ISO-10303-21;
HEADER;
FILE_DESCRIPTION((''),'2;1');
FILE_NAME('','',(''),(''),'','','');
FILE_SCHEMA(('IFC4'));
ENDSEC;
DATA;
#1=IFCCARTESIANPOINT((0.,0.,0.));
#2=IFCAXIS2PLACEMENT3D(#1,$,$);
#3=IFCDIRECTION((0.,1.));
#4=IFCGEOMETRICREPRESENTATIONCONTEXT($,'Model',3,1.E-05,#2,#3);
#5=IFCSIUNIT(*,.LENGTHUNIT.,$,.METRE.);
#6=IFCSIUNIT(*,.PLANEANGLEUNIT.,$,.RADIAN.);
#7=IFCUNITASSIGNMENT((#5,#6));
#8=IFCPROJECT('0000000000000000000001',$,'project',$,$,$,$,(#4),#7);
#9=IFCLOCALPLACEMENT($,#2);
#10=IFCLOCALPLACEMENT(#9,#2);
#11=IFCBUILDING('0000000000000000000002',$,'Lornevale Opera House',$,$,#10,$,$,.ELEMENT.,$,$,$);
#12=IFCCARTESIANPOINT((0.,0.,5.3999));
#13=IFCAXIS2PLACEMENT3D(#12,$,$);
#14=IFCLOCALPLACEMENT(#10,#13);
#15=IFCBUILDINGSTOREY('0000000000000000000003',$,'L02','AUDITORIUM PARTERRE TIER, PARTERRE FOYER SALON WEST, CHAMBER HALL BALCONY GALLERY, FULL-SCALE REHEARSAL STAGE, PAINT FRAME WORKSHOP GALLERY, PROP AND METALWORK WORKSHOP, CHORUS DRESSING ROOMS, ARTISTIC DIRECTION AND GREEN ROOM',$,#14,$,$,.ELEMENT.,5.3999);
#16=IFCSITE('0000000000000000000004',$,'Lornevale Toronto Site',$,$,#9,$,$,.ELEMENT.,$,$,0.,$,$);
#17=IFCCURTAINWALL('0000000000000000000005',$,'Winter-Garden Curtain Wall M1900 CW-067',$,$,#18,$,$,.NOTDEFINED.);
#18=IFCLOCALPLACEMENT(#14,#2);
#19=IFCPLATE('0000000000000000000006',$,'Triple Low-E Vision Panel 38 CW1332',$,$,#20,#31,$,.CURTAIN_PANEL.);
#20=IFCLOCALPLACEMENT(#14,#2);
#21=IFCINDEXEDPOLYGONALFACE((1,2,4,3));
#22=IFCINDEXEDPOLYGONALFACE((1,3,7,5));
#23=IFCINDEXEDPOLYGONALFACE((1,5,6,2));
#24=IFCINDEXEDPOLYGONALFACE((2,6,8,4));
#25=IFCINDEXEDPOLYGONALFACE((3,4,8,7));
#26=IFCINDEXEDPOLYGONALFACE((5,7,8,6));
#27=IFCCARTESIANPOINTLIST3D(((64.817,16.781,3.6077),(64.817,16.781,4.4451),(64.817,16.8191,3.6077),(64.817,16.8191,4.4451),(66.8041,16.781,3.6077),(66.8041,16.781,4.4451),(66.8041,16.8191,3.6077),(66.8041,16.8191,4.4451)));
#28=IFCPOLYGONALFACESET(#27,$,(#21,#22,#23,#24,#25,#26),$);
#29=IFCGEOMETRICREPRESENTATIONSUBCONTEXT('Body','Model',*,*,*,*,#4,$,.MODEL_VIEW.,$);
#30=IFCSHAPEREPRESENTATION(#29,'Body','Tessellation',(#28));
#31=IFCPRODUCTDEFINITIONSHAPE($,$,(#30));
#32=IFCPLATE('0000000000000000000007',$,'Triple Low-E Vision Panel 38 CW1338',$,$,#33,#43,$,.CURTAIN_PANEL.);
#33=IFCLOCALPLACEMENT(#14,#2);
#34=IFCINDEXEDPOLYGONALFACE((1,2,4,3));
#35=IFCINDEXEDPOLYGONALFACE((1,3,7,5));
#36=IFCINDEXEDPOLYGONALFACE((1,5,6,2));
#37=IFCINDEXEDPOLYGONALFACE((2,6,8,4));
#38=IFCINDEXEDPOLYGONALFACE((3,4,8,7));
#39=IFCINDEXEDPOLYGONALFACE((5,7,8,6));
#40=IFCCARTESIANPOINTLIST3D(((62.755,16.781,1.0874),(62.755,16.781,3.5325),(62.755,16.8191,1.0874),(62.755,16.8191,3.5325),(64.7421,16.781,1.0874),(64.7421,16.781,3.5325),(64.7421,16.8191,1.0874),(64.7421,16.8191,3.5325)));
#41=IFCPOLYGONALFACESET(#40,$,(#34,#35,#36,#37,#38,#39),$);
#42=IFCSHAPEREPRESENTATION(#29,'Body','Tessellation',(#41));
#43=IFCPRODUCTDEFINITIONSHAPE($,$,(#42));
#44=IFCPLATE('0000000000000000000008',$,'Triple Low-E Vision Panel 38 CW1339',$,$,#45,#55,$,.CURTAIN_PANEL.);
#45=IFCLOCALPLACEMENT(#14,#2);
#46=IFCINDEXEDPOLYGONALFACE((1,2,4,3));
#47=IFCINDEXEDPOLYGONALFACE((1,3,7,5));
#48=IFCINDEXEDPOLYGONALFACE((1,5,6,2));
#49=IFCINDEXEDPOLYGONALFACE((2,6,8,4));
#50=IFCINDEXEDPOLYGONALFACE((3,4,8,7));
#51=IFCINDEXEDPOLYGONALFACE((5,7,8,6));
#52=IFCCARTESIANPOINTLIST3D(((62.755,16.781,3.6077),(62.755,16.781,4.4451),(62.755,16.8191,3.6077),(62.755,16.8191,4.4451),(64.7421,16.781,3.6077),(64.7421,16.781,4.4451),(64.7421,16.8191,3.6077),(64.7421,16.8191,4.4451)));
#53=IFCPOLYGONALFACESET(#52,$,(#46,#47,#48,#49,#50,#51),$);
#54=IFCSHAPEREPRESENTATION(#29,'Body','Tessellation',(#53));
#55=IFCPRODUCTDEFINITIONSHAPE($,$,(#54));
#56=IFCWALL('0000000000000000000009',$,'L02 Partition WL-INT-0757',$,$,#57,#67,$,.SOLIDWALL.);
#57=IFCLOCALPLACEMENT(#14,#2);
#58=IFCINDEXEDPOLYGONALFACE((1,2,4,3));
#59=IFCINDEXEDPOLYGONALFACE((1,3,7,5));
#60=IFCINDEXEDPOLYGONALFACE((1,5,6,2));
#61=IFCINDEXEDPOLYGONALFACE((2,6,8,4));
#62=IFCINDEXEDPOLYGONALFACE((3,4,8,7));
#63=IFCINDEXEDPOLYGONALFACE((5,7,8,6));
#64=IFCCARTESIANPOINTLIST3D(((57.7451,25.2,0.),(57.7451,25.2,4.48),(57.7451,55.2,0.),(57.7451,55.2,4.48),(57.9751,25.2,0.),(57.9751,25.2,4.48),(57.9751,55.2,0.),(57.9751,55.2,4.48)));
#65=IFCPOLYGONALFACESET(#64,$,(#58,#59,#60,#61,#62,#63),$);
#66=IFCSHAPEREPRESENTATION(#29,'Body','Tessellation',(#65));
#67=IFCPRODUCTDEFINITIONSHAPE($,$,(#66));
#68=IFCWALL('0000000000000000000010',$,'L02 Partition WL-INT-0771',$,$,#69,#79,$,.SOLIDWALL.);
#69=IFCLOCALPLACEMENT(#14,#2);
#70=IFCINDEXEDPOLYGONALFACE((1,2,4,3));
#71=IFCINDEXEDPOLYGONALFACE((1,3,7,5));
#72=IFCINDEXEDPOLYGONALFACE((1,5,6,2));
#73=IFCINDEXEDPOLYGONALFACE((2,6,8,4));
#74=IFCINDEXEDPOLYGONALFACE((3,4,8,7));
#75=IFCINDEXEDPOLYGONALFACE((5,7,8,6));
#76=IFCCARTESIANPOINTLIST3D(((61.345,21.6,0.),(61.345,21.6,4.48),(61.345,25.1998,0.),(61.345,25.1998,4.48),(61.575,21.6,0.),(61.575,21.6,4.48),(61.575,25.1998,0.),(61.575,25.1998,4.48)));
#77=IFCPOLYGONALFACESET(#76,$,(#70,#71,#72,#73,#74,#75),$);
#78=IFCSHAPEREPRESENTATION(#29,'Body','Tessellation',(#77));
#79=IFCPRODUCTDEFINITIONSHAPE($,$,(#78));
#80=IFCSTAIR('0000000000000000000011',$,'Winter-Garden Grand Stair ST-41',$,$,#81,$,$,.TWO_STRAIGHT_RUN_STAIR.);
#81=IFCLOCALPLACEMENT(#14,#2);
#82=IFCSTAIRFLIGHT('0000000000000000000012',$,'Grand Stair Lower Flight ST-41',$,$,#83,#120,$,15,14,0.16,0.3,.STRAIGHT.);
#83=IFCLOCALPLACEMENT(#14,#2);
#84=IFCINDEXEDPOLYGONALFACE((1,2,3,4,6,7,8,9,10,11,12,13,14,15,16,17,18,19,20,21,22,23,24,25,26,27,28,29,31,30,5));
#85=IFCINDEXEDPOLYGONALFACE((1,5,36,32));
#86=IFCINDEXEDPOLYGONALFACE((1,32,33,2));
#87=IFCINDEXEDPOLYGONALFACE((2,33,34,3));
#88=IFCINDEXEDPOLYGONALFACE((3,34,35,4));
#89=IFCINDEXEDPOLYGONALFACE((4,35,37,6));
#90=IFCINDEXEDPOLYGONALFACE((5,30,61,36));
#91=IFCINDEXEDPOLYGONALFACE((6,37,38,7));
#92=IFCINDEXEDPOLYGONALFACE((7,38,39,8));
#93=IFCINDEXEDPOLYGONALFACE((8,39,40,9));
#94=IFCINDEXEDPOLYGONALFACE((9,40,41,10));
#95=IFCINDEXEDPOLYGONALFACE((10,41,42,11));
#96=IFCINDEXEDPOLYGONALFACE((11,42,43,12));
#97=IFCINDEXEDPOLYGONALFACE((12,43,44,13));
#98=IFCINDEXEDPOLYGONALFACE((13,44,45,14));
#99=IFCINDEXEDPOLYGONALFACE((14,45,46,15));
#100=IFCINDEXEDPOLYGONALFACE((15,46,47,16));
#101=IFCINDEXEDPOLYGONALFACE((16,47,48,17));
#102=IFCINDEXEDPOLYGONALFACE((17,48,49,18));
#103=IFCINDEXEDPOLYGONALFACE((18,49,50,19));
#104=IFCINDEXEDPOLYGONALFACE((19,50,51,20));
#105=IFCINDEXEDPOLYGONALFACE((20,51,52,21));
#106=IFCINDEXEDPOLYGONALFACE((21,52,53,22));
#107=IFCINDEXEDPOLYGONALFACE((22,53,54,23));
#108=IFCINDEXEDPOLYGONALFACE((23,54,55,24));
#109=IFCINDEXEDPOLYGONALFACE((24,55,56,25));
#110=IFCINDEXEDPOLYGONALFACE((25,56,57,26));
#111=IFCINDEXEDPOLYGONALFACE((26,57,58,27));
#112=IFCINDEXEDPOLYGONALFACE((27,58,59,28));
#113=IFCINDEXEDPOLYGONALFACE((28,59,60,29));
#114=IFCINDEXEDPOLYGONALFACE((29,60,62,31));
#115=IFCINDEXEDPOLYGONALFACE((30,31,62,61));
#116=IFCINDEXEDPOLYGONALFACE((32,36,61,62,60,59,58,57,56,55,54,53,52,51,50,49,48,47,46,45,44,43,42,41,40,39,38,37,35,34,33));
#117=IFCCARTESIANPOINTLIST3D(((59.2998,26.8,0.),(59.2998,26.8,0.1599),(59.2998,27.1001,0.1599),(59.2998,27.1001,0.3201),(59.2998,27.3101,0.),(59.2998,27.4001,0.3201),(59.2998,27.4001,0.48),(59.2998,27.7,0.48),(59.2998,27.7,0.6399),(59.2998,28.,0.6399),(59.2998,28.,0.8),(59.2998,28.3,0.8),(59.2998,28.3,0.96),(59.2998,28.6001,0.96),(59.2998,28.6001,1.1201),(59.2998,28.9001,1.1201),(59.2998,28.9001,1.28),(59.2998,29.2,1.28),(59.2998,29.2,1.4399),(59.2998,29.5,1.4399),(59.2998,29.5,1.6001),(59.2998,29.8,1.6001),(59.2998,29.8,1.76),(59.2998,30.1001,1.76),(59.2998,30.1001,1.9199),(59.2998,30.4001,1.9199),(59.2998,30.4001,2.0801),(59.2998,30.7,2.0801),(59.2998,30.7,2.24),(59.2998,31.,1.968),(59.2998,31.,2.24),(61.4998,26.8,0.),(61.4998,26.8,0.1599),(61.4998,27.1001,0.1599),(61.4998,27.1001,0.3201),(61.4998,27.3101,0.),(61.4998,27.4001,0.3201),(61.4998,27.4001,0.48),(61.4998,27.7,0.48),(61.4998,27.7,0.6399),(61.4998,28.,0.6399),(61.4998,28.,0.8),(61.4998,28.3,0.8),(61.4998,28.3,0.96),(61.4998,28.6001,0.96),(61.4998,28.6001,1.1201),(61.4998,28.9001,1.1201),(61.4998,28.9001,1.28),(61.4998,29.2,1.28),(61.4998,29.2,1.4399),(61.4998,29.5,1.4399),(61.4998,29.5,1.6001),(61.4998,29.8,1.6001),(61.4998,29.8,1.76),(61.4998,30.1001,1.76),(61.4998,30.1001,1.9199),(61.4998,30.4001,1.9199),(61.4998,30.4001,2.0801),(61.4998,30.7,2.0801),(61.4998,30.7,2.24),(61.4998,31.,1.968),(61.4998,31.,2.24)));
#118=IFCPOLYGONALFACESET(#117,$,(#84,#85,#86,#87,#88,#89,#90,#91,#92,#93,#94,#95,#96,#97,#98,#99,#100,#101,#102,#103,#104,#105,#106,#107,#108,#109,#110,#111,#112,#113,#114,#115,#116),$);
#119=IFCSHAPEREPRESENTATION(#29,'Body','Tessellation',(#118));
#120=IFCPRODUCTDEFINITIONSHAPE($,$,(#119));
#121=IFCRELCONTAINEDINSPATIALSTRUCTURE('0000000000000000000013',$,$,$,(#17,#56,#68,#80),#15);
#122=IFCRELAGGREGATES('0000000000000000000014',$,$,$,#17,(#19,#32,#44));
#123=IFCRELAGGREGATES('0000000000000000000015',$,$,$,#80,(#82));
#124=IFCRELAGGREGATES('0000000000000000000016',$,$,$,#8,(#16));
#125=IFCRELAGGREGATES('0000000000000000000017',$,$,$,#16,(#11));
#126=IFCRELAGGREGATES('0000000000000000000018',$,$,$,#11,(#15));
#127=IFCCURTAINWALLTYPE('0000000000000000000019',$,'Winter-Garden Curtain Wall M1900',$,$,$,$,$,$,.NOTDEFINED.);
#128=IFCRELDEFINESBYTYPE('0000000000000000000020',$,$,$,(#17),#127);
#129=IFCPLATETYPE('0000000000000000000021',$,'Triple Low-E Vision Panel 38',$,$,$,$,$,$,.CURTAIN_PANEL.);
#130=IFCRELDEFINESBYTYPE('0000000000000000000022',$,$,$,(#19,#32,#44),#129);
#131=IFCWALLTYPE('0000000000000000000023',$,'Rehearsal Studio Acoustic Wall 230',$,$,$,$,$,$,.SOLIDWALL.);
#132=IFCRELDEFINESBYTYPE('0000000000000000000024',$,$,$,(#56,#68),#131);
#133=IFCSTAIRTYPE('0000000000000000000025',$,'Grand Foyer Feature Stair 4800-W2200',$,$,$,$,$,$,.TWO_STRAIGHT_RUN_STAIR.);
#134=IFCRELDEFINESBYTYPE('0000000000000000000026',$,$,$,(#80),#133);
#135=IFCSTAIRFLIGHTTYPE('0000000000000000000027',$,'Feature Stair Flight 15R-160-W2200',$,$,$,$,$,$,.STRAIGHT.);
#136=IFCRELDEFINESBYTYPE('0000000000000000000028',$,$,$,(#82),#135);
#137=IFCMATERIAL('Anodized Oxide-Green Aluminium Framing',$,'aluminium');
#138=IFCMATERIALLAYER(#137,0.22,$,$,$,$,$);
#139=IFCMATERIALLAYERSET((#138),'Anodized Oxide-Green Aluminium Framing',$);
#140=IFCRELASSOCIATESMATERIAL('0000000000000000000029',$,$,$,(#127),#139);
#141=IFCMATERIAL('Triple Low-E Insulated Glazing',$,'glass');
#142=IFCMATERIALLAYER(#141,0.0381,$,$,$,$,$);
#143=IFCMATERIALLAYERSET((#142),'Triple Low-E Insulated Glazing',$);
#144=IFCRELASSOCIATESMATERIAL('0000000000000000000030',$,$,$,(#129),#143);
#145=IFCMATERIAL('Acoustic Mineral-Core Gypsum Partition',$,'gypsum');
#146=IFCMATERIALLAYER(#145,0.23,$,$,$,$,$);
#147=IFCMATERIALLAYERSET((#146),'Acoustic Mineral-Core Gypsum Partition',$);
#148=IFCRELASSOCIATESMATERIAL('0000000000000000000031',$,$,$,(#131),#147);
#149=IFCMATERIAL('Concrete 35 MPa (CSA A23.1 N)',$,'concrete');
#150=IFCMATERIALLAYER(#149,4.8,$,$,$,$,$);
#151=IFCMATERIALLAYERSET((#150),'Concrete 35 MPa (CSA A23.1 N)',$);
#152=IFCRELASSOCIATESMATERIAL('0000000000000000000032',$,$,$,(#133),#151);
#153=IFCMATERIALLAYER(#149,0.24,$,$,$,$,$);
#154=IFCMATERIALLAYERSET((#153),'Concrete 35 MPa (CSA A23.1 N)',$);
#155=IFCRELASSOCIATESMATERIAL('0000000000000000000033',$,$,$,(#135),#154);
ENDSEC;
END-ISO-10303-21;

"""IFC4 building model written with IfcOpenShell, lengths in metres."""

from ifc_helpers import new_model, si_unit, direction, frame, frame_2d, origin, origin_2d, place, context, subcontext, project, spatial, polyline, rectangle, outline, extrude, material, layer, layer_set, type_object, element, aggregate, save


model = new_model("IFC4")

# Units and contexts
model_context = context("Model", 3, precision=1e-05, world=origin(), true_north=direction((0.0, 1.0)))
body_context = subcontext(model_context, "Body", "Model", "MODEL_VIEW")
ifc_project = project(units=[si_unit("LENGTHUNIT", "METRE"), si_unit("PLANEANGLEUNIT", "RADIAN")], contexts=[model_context])

# Site, building, storey
site_placement = place(None, origin())
site = spatial("IfcSite", under=ifc_project, at=site_placement, Name="Lornevale Toronto Site", CompositionType="ELEMENT", RefElevation=0.0)
building_placement = place(site_placement, origin())
building = spatial("IfcBuilding", under=site, at=building_placement, Name="Lornevale Opera House", CompositionType="ELEMENT")
storey_placement = place(building_placement, frame((0.0, 0.0, 5.3999)))
storey = spatial("IfcBuildingStorey", under=building, at=storey_placement, Name="L02", Description="AUDITORIUM PARTERRE TIER, PARTERRE FOYER SALON WEST, CHAMBER HALL BALCONY GALLERY, FULL-SCALE REHEARSAL STAGE, PAINT FRAME WORKSHOP GALLERY, PROP AND METALWORK WORKSHOP, CHORUS DRESSING ROOMS, ARTISTIC DIRECTION AND GREEN ROOM", CompositionType="ELEMENT", Elevation=5.3999)

# Shared definitions
ifc_material_1 = material(Name="Concrete 35 MPa (CSA A23.1 N)", Category="concrete")

# Curtain wall
ifc_material_2 = material(Name="Anodized Oxide-Green Aluminium Framing", Category="aluminium")
ifc_layer_1 = layer(ifc_material_2, 0.22)
ifc_layer_set_1 = layer_set([ifc_layer_1], Name="Anodized Oxide-Green Aluminium Framing")
curtain_wall_type = type_object("IfcCurtainWallType", Name="Winter-Garden Curtain Wall M1900", PredefinedType="NOTDEFINED", material=ifc_layer_set_1)
curtain_wall_placement = place(storey_placement, origin())
curtain_wall = element("IfcCurtainWall", 1, at=curtain_wall_placement, inside=storey, type_object=curtain_wall_type, Name="Winter-Garden Curtain Wall M1900 CW-067", PredefinedType="NOTDEFINED")

# Plates
ifc_material_3 = material(Name="Triple Low-E Insulated Glazing", Category="glass")
ifc_layer_2 = layer(ifc_material_3, 0.0381)
ifc_layer_set_2 = layer_set([ifc_layer_2], Name="Triple Low-E Insulated Glazing")
plate_type = type_object("IfcPlateType", Name="Triple Low-E Vision Panel 38", PredefinedType="CURTAIN_PANEL", material=ifc_layer_set_2)
plate_1_placement = place(storey_placement, frame((65.8105, 16.8, 3.6077), z_axis=(0.0, 0.0, 1.0), x_axis=(-1.0, 0.0, 0.0)))
plate_1 = element("IfcPlate", 2, at=plate_1_placement, type_object=plate_type, Name="Triple Low-E Vision Panel 38 CW1332", PredefinedType="CURTAIN_PANEL", context=body_context, shape_type="SweptSolid", body=[
    extrude(rectangle(XDim=1.9871, YDim=0.0381, at=origin_2d()), origin(), (0.0, 0.0, 1.0), 0.8374),
])
plate_2_placement = place(storey_placement, frame((63.7485, 16.8, 1.0874), z_axis=(0.0, 0.0, 1.0), x_axis=(-1.0, 0.0, 0.0)))
plate_2 = element("IfcPlate", 3, at=plate_2_placement, type_object=plate_type, Name="Triple Low-E Vision Panel 38 CW1338", PredefinedType="CURTAIN_PANEL", context=body_context, shape_type="SweptSolid", body=[
    extrude(rectangle(XDim=1.9871, YDim=0.0381, at=origin_2d()), origin(), (0.0, 0.0, 1.0), 2.4451),
])
plate_3_placement = place(storey_placement, frame((63.7485, 16.8, 3.6077), z_axis=(0.0, 0.0, 1.0), x_axis=(-1.0, 0.0, 0.0)))
plate_3 = element("IfcPlate", 4, at=plate_3_placement, type_object=plate_type, Name="Triple Low-E Vision Panel 38 CW1339", PredefinedType="CURTAIN_PANEL", context=body_context, shape_type="SweptSolid", body=[
    extrude(rectangle(XDim=1.9871, YDim=0.0381, at=origin_2d()), origin(), (0.0, 0.0, 1.0), 0.8374),
])
aggregate(curtain_wall, [plate_1, plate_2, plate_3])

# Walls
ifc_material_4 = material(Name="Acoustic Mineral-Core Gypsum Partition", Category="gypsum")
ifc_layer_3 = layer(ifc_material_4, 0.23)
ifc_layer_set_3 = layer_set([ifc_layer_3], Name="Acoustic Mineral-Core Gypsum Partition")
wall_type = type_object("IfcWallType", Name="Rehearsal Studio Acoustic Wall 230", PredefinedType="SOLIDWALL", material=ifc_layer_set_3)
wall_1_placement = place(storey_placement, frame((57.8601, 25.2, 0.0), z_axis=(0.0, 0.0, 1.0), x_axis=(0.0, 1.0, 0.0)))
element("IfcWall", 5, at=wall_1_placement, inside=storey, type_object=wall_type, Name="L02 Partition WL-INT-0757", PredefinedType="SOLIDWALL", context=body_context, shape_type="SweptSolid", body=[
    extrude(rectangle(XDim=30.0, YDim=0.23, at=frame_2d((15.0, 0.0))), origin(), (0.0, 0.0, 1.0), 4.48),
])
wall_2_placement = place(storey_placement, frame((61.46, 21.6001, 0.0), z_axis=(0.0, 0.0, 1.0), x_axis=(0.0, 1.0, 0.0)))
element("IfcWall", 6, at=wall_2_placement, inside=storey, type_object=wall_type, Name="L02 Partition WL-INT-0771", PredefinedType="SOLIDWALL", context=body_context, shape_type="SweptSolid", body=[
    extrude(rectangle(XDim=3.5999, YDim=0.23, at=frame_2d((1.7998, 0.0))), origin(), (0.0, 0.0, 1.0), 4.48),
])

# Stair, stair flight
ifc_layer_4 = layer(ifc_material_1, 4.8)
ifc_layer_set_4 = layer_set([ifc_layer_4], Name="Concrete 35 MPa (CSA A23.1 N)")
stair_type = type_object("IfcStairType", Name="Grand Foyer Feature Stair 4800-W2200", PredefinedType="TWO_STRAIGHT_RUN_STAIR", material=ifc_layer_set_4)
stair_placement = place(storey_placement, origin())
stair = element("IfcStair", 7, at=stair_placement, inside=storey, type_object=stair_type, Name="Winter-Garden Grand Stair ST-41", PredefinedType="TWO_STRAIGHT_RUN_STAIR")
ifc_layer_5 = layer(ifc_material_1, 0.24)
ifc_layer_set_5 = layer_set([ifc_layer_5], Name="Concrete 35 MPa (CSA A23.1 N)")
stair_flight_type = type_object("IfcStairFlightType", Name="Feature Stair Flight 15R-160-W2200", PredefinedType="STRAIGHT", material=ifc_layer_set_5)
stair_flight_placement = place(storey_placement, frame((60.3999, 26.8, 0.0), z_axis=(0.0, 0.0, 1.0), x_axis=(0.0, 1.0, 0.0)))
stair_flight = element("IfcStairFlight", 8, at=stair_flight_placement, type_object=stair_flight_type, Name="Grand Stair Lower Flight ST-41", NumberOfRisers=15, NumberOfTreads=14, PredefinedType="STRAIGHT", RiserHeight=0.16, TreadLength=0.3, context=body_context, shape_type="SweptSolid", body=[
    extrude(outline(polyline([(0.0, 0.0), (0.0, 0.1599), (0.3, 0.1599), (0.3, 0.3201), (0.6001, 0.3201), (0.6001, 0.48), (0.8999, 0.48), (0.8999, 0.6399), (1.2, 0.6399), (1.2, 0.8), (1.5, 0.8), (1.5, 0.96), (1.8, 0.96), (1.8, 1.1201), (2.1001, 1.1201), (2.1001, 1.28), (2.3999, 1.28), (2.3999, 1.4399), (2.7, 1.4399), (2.7, 1.6001), (3.0, 1.6001), (3.0, 1.76), (3.3, 1.76), (3.3, 1.9199), (3.6001, 1.9199), (3.6001, 2.0801), (3.8999, 2.0801), (3.8999, 2.24), (4.2, 2.24), (4.2, 1.968), (0.51, 0.0), (0.0, 0.0)])), frame((0.0, 1.1001, 0.0), z_axis=(0.0, -1.0, 0.0), x_axis=(1.0, 0.0, 0.0)), (0.0, 0.0, 1.0), 2.2),
])
aggregate(stair, [stair_flight])

save(model, "model.ifc")
